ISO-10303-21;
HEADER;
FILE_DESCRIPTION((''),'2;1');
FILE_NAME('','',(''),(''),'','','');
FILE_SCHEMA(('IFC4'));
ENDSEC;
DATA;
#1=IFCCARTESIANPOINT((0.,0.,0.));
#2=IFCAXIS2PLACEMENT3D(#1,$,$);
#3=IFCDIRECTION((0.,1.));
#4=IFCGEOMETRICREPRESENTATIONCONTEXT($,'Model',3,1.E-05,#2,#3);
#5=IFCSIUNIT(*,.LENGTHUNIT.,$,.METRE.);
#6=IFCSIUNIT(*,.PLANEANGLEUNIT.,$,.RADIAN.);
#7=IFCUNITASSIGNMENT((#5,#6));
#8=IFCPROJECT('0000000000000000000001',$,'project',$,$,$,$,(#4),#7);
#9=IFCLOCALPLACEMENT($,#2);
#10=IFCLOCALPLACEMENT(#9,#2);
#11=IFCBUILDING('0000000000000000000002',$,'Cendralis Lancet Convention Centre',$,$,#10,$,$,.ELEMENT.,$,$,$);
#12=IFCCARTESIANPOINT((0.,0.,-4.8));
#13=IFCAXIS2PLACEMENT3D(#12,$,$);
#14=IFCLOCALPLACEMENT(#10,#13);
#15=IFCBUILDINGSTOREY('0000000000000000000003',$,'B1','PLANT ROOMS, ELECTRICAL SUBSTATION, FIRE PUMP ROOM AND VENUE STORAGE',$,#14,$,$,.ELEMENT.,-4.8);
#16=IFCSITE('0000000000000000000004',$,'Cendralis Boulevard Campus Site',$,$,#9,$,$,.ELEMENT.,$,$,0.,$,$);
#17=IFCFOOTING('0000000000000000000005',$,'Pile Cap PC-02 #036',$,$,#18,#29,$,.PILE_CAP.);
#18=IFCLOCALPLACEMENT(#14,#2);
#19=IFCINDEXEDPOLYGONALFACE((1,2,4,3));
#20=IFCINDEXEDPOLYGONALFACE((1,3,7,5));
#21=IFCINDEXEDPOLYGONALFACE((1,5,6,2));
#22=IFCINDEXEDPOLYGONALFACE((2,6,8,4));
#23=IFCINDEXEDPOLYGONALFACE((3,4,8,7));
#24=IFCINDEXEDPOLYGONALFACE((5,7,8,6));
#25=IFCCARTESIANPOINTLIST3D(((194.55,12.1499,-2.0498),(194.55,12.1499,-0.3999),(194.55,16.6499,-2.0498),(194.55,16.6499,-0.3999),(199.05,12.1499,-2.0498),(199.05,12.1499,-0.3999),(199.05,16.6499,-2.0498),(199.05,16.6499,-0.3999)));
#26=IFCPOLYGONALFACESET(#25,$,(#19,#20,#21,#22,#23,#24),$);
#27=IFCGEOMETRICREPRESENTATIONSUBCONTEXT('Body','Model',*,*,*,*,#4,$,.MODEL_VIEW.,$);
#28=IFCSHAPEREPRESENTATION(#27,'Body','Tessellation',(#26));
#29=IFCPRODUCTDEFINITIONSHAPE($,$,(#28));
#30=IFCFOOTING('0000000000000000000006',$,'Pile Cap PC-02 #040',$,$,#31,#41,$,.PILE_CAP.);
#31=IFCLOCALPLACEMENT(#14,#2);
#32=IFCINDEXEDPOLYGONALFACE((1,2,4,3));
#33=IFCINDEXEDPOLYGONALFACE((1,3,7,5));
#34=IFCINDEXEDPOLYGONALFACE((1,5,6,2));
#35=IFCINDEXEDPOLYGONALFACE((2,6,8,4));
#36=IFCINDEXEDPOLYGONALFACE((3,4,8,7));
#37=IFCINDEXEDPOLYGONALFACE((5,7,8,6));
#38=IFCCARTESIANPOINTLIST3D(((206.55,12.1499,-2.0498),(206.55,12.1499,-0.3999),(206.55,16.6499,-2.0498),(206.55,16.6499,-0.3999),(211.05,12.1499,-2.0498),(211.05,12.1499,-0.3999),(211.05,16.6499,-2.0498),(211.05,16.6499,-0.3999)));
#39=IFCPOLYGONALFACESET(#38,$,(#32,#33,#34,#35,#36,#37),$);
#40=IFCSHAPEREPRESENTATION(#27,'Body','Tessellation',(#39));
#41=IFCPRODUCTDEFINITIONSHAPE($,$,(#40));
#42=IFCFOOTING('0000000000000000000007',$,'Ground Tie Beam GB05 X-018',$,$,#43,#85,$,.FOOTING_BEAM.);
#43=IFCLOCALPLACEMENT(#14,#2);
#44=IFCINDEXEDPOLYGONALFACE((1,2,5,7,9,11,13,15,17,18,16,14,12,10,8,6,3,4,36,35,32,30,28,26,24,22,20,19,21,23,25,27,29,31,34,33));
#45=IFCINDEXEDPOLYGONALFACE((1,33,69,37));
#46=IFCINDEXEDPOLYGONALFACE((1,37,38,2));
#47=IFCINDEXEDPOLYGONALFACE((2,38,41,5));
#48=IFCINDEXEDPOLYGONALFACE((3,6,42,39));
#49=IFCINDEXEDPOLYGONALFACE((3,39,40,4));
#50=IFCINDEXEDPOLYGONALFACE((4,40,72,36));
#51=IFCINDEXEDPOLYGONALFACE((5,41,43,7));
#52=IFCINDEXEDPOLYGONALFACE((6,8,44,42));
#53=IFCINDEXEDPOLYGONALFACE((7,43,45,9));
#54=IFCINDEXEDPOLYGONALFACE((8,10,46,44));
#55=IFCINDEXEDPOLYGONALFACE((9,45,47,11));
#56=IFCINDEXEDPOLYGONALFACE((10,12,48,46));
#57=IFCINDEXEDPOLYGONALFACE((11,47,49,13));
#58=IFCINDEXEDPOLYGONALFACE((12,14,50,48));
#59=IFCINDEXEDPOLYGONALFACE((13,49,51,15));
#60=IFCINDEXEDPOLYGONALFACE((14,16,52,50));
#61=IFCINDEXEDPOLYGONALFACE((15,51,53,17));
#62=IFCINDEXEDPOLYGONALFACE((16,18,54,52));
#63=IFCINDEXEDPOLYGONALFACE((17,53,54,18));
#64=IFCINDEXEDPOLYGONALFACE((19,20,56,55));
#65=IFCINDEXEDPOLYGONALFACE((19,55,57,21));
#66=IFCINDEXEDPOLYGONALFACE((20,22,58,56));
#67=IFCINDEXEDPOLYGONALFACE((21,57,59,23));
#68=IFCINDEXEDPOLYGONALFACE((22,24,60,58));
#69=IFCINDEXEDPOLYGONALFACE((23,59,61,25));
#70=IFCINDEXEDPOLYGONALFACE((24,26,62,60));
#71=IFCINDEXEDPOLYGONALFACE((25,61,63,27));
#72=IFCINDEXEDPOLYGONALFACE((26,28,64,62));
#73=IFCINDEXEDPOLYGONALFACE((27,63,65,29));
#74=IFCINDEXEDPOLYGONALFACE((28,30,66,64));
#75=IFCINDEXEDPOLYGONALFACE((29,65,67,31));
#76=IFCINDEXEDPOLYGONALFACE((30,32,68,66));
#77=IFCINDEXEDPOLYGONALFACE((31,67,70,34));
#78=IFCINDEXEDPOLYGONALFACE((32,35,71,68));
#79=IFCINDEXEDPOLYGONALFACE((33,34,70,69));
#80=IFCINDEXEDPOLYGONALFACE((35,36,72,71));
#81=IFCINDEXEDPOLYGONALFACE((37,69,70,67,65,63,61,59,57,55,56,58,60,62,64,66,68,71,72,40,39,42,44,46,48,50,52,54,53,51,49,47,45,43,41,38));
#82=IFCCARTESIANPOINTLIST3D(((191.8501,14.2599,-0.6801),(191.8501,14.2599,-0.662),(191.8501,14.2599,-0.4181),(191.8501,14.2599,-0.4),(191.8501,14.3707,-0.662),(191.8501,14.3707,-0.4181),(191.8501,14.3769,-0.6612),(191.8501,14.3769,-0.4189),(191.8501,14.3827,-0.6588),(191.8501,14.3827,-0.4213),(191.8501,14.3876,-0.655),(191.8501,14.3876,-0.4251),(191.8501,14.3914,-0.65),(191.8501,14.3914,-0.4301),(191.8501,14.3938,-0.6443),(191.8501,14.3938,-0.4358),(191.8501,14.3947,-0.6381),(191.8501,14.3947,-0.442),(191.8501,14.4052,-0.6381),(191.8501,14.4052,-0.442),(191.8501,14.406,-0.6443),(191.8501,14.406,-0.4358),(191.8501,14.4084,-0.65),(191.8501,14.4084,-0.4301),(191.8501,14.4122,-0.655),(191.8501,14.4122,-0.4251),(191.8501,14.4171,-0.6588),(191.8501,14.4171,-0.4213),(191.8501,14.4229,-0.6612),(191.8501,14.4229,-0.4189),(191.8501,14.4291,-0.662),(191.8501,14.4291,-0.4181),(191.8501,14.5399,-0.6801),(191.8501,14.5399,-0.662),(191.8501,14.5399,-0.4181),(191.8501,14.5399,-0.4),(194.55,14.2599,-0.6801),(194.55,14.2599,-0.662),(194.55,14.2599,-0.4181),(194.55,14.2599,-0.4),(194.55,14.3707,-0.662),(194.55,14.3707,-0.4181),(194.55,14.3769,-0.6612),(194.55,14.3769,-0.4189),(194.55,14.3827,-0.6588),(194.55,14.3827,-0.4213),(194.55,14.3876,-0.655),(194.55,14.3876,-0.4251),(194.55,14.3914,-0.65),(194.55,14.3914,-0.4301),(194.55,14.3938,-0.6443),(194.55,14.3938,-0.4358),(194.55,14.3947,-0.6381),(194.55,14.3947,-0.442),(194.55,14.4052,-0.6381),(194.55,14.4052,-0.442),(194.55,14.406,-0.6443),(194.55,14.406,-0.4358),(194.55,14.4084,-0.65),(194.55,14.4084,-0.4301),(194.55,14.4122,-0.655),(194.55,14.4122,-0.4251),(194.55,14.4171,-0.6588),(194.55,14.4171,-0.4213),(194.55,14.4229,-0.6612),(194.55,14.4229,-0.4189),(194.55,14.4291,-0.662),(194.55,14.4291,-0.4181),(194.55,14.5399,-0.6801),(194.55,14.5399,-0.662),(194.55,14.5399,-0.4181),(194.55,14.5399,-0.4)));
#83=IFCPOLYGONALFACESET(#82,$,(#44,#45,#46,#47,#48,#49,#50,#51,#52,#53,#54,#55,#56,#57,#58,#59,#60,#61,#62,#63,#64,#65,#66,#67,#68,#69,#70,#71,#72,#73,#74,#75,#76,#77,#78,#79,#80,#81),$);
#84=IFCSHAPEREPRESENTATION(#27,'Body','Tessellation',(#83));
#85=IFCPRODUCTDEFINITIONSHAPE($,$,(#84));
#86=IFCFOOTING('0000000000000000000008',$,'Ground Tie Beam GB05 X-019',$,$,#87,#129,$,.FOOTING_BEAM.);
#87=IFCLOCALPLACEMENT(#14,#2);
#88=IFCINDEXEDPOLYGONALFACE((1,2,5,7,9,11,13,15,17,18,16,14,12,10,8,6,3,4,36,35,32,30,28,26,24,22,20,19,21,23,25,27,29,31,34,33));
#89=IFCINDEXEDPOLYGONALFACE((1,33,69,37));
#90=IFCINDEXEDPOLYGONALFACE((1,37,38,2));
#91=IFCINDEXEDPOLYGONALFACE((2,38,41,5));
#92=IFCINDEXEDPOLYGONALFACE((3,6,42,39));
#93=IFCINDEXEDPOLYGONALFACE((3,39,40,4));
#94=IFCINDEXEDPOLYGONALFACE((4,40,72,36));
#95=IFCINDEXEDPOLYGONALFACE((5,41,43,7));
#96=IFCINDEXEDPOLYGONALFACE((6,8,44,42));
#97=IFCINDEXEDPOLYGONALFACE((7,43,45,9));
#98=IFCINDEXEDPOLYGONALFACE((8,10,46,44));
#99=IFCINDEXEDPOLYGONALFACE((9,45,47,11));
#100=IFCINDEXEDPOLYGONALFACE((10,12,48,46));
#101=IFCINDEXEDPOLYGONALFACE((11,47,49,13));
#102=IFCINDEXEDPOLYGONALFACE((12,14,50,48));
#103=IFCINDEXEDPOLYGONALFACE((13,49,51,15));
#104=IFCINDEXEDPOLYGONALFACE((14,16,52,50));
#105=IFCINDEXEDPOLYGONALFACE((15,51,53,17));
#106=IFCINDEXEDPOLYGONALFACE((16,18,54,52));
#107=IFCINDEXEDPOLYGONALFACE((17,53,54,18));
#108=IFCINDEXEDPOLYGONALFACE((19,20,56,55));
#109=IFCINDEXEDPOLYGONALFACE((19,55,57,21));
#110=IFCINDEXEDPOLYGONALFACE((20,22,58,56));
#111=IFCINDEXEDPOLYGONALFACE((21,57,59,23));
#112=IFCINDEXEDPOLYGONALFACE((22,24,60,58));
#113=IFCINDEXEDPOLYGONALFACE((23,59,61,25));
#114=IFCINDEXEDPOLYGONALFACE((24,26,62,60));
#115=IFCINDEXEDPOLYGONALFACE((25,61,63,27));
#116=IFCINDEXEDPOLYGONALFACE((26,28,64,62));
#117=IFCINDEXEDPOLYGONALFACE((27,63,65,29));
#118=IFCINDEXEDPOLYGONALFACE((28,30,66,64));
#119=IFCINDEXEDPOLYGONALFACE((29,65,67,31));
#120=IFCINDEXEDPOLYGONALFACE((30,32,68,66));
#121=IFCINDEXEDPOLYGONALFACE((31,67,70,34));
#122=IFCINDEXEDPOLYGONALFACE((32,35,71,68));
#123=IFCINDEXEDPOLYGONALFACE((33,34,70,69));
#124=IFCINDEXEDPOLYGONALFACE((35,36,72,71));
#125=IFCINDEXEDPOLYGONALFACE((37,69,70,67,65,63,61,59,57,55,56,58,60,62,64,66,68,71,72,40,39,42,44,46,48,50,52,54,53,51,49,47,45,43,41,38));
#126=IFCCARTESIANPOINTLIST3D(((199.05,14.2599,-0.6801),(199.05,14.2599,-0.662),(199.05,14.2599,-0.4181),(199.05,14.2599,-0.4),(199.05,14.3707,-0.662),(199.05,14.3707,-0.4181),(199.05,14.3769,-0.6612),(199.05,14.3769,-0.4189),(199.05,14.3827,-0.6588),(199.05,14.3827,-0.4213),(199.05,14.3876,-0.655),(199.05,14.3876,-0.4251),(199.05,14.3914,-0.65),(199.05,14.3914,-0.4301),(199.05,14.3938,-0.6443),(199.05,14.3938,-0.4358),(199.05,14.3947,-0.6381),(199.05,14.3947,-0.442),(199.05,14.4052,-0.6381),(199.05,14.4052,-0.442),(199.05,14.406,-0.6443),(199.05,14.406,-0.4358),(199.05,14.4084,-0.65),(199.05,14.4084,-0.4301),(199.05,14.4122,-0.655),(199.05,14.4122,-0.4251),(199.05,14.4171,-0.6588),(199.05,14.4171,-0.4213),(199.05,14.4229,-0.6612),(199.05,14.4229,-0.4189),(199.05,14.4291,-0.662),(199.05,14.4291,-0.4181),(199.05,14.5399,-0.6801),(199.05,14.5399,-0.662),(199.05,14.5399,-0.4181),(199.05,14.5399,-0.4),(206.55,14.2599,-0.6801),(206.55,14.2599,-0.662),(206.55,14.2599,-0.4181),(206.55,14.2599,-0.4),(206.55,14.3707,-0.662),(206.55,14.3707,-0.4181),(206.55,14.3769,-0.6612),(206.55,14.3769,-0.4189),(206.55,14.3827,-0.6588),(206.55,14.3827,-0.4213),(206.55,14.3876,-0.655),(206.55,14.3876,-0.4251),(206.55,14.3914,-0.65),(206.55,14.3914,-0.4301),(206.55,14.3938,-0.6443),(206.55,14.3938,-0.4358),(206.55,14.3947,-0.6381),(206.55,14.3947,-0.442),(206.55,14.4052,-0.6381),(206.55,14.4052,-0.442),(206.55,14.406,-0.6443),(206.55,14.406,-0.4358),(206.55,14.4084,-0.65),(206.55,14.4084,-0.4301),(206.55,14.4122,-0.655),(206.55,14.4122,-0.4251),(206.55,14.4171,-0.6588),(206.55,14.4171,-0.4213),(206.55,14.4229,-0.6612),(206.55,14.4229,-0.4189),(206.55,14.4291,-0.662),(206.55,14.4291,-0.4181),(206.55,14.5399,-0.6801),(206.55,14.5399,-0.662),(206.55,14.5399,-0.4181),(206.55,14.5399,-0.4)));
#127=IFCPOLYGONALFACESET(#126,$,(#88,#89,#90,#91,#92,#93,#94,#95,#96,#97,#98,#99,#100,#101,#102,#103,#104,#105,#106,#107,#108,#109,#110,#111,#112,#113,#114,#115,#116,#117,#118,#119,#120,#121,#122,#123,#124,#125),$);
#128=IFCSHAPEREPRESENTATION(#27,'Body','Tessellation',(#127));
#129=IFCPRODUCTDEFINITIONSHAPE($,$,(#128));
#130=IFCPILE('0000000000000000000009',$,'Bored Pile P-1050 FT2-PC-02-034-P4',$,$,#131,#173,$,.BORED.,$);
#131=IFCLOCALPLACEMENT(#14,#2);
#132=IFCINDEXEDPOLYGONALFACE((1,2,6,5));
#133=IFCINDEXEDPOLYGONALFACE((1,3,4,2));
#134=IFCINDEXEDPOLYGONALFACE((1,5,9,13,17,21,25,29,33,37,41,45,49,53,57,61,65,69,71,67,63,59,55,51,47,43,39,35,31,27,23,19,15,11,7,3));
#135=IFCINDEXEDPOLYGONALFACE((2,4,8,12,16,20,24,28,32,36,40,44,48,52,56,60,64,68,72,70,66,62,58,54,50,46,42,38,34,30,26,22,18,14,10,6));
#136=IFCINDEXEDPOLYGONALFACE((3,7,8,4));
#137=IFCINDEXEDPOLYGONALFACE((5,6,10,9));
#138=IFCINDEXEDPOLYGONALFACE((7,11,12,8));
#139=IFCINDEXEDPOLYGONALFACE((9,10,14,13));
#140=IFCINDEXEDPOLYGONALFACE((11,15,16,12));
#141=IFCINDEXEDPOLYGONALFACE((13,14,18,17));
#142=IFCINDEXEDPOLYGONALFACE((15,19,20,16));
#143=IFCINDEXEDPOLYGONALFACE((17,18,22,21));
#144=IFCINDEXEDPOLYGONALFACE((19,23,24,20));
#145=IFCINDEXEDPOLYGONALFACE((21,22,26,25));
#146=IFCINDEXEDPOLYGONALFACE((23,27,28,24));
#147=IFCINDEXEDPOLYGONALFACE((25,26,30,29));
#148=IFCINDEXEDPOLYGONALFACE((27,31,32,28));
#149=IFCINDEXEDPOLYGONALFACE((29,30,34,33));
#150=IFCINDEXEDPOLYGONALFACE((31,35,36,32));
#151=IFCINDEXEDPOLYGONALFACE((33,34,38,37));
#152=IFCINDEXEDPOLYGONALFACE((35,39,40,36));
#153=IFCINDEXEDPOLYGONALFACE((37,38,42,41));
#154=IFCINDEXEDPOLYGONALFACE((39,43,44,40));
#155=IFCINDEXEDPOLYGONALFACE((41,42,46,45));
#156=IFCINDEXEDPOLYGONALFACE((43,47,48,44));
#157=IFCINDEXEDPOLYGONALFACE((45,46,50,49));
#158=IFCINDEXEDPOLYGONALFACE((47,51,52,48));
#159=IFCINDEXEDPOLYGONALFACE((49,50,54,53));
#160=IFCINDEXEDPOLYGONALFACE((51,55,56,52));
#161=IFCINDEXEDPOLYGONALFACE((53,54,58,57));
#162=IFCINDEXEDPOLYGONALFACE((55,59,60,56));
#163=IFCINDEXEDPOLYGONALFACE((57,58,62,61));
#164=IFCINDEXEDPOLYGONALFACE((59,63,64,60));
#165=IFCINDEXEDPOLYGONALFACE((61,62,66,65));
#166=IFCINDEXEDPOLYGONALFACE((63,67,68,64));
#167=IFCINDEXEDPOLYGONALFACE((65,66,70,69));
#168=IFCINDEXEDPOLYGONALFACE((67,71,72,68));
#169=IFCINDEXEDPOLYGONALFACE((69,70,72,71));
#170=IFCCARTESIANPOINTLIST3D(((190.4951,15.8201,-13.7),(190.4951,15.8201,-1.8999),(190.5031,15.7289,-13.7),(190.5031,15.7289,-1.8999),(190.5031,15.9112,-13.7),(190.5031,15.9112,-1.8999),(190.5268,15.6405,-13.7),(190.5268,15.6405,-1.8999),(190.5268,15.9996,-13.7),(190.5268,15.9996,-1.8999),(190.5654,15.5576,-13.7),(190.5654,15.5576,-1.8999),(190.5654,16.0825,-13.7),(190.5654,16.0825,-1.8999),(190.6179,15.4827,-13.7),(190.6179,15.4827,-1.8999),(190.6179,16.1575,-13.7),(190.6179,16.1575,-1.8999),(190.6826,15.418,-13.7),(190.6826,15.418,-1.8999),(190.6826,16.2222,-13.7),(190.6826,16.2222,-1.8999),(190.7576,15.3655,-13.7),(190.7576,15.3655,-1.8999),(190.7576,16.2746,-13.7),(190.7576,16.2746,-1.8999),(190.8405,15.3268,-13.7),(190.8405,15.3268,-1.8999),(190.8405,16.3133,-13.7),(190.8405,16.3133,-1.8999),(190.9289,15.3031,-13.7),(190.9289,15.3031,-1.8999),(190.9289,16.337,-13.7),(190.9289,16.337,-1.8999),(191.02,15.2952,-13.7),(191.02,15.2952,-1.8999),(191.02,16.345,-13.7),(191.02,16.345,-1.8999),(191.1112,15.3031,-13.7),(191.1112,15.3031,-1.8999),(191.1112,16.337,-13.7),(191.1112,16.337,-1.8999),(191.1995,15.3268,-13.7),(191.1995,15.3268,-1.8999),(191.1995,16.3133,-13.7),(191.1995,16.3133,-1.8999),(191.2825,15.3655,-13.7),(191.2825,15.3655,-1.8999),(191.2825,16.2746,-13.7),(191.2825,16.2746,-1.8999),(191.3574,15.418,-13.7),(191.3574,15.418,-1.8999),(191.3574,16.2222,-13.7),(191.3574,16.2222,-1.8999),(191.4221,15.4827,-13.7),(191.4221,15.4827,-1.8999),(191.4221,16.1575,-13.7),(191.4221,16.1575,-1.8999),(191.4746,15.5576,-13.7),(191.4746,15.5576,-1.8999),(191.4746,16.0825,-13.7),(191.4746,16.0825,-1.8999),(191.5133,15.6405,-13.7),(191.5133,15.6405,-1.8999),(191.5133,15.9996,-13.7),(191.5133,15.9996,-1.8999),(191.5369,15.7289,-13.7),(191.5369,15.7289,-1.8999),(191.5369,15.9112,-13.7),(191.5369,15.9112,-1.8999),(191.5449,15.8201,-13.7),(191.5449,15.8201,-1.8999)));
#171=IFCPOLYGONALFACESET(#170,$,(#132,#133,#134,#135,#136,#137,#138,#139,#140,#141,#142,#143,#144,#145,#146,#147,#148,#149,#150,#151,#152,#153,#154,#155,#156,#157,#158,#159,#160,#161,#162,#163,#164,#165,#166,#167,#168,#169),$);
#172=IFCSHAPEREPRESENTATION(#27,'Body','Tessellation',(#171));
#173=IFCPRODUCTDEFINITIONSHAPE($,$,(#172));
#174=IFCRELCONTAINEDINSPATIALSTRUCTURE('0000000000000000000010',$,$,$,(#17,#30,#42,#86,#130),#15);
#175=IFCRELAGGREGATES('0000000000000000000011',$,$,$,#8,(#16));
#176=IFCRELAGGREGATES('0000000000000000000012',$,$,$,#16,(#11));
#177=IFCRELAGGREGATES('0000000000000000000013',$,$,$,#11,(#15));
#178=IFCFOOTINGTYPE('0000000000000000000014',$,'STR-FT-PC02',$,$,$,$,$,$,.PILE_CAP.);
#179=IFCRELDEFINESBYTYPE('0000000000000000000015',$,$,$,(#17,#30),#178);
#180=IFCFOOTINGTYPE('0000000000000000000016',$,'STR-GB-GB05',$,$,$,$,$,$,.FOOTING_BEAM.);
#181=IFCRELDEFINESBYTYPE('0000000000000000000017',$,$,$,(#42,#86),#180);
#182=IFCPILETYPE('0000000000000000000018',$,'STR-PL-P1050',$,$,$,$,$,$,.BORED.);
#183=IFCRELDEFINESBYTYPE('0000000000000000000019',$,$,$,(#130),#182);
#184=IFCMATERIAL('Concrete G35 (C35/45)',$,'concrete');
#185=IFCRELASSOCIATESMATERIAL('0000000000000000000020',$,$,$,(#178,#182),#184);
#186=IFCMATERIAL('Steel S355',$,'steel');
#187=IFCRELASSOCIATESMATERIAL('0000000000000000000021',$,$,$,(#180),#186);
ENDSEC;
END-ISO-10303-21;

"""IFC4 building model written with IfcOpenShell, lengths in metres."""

from ifc_helpers import new_model, si_unit, direction, frame, origin, origin_2d, place, context, subcontext, project, spatial, rectangle, circle, i_section, extrude, material, material_profile, profile_set, type_object, element, save


model = new_model("IFC4")

# Units and contexts
model_context = context("Model", 3, precision=1e-05, world=origin(), true_north=direction((0.0, 1.0)))
body_context = subcontext(model_context, "Body", "Model", "MODEL_VIEW")
ifc_project = project(units=[si_unit("LENGTHUNIT", "METRE"), si_unit("PLANEANGLEUNIT", "RADIAN")], contexts=[model_context])

# Site, building, storey
site_placement = place(None, origin())
site = spatial("IfcSite", under=ifc_project, at=site_placement, Name="Cendralis Boulevard Campus Site", CompositionType="ELEMENT", RefElevation=0.0)
building_placement = place(site_placement, origin())
building = spatial("IfcBuilding", under=site, at=building_placement, Name="Cendralis Lancet Convention Centre", CompositionType="ELEMENT")
storey_placement = place(building_placement, frame((0.0, 0.0, -4.8)))
storey = spatial("IfcBuildingStorey", under=building, at=storey_placement, Name="B1", Description="PLANT ROOMS, ELECTRICAL SUBSTATION, FIRE PUMP ROOM AND VENUE STORAGE", CompositionType="ELEMENT", Elevation=-4.8)

# Footings
ifc_material_1 = material(Name="Concrete G35 (C35/45)", Category="concrete")
footing_type_1 = type_object("IfcFootingType", Name="STR-FT-PC02", PredefinedType="PILE_CAP", material=ifc_material_1)
for number, where, z_axis, x_axis, name in (
    (1, (196.8, 14.3999, -2.0498), (0.0, 0.0, 1.0), (1.0, 0.0, 0.0), "Pile Cap PC-02 #036"),
    (2, (208.8, 14.3999, -2.0498), (0.0, 0.0, 1.0), (1.0, 0.0, 0.0), "Pile Cap PC-02 #040"),
):
    element("IfcFooting", number, at=place(storey_placement, frame(where, z_axis=z_axis, x_axis=x_axis)), inside=storey, type_object=footing_type_1, Name=name, PredefinedType="PILE_CAP", context=body_context, shape_type="SweptSolid", body=[
        extrude(rectangle(XDim=4.5, YDim=4.5, at=origin_2d()), origin(), (0.0, 0.0, 1.0), 1.6499),
    ])
ifc_material_2 = material(Name="Steel S355", Category="steel")
ifc_material_profile_1 = material_profile(ifc_material_2, i_section(OverallWidth=0.28, OverallDepth=0.28, WebThickness=0.0105, FlangeThickness=0.0181, FilletRadius=0.0239, at=origin_2d()), Name="HEB 280")
ifc_profile_set_1 = profile_set([ifc_material_profile_1], Name="Steel S355")
footing_type_2 = type_object("IfcFootingType", Name="STR-GB-GB05", PredefinedType="FOOTING_BEAM", material=ifc_profile_set_1)
footing_1_placement = place(storey_placement, frame((191.8501, 14.3999, -0.54), z_axis=(1.0, 0.0, 0.0), x_axis=(0.0, 1.0, 0.0)))
element("IfcFooting", 3, at=footing_1_placement, inside=storey, type_object=footing_type_2, Name="Ground Tie Beam GB05 X-018", PredefinedType="FOOTING_BEAM", context=body_context, shape_type="SweptSolid", body=[
    extrude(i_section(OverallWidth=0.28, OverallDepth=0.28, WebThickness=0.0105, FlangeThickness=0.0181, FilletRadius=0.0239, at=origin_2d()), origin(), (0.0, 0.0, 1.0), 2.7),
])
footing_2_placement = place(storey_placement, frame((199.05, 14.3999, -0.54), z_axis=(1.0, 0.0, 0.0), x_axis=(0.0, 1.0, 0.0)))
element("IfcFooting", 4, at=footing_2_placement, inside=storey, type_object=footing_type_2, Name="Ground Tie Beam GB05 X-019", PredefinedType="FOOTING_BEAM", context=body_context, shape_type="SweptSolid", body=[
    extrude(i_section(OverallWidth=0.28, OverallDepth=0.28, WebThickness=0.0105, FlangeThickness=0.0181, FilletRadius=0.0239, at=origin_2d()), origin(), (0.0, 0.0, 1.0), 7.5),
])

# Pile
ifc_material_profile_2 = material_profile(ifc_material_1, circle(Radius=0.5249, at=origin_2d()), Name="BORED PILE D1050")
ifc_profile_set_2 = profile_set([ifc_material_profile_2], Name="Concrete G35 (C35/45)")
pile_type = type_object("IfcPileType", Name="STR-PL-P1050", PredefinedType="BORED", material=ifc_profile_set_2)
for number, where, z_axis, x_axis, name in (
    (5, (191.02, 15.8201, -1.8999), (0.0, 0.0, -1.0), (1.0, 0.0, 0.0), "Bored Pile P-1050 FT2-PC-02-034-P4"),
):
    element("IfcPile", number, at=place(storey_placement, frame(where, z_axis=z_axis, x_axis=x_axis)), inside=storey, type_object=pile_type, Name=name, PredefinedType="BORED", context=body_context, shape_type="SweptSolid", body=[
        extrude(circle(Radius=0.5249, at=origin_2d()), origin(), (0.0, 0.0, 1.0), 11.8),
    ])

save(model, "model.ifc")
